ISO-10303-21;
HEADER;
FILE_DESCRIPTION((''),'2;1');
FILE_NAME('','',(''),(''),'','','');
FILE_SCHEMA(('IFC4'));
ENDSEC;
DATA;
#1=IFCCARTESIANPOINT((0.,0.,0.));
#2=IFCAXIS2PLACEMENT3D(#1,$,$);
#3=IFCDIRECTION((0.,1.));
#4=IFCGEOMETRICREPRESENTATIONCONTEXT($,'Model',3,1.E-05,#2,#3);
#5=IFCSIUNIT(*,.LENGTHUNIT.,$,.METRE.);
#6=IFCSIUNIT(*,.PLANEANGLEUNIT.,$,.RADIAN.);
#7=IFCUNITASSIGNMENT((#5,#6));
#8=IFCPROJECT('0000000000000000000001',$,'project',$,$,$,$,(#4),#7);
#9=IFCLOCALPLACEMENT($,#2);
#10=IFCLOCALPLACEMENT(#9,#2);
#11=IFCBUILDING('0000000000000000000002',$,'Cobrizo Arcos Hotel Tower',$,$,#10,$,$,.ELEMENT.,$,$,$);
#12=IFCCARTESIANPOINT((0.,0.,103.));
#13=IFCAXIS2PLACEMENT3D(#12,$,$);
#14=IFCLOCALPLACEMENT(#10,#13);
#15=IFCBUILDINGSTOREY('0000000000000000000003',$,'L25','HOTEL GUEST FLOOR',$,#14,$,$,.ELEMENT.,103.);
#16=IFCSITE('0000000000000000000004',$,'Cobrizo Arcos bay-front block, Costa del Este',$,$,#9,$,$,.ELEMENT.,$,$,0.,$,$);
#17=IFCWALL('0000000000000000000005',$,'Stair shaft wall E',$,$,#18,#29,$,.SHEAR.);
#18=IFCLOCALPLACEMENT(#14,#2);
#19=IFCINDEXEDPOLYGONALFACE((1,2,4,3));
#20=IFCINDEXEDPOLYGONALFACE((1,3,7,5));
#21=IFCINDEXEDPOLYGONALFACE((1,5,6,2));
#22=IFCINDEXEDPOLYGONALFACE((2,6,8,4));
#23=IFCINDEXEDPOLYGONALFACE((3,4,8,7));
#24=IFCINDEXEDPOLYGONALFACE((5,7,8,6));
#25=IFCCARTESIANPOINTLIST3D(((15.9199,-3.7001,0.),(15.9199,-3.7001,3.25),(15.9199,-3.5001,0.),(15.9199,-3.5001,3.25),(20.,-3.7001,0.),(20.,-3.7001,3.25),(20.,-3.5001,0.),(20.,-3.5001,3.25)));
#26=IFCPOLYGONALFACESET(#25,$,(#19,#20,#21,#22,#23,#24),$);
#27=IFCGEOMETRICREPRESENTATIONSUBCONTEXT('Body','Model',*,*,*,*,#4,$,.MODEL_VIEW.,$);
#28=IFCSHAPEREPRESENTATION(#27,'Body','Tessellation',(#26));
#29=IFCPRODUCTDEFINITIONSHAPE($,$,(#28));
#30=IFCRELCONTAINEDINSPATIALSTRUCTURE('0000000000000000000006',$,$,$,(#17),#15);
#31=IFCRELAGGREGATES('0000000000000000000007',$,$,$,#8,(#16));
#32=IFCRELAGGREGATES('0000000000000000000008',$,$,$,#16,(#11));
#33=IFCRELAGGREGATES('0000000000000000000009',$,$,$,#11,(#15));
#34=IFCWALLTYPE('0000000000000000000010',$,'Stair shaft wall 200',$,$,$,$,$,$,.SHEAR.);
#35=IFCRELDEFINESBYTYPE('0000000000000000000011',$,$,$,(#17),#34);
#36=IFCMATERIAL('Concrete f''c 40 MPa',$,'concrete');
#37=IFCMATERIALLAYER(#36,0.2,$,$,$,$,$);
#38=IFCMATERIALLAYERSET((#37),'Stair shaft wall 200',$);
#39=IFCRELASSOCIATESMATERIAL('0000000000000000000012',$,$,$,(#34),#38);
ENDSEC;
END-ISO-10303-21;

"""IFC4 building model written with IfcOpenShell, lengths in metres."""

from ifc_helpers import new_model, si_unit, direction, frame, frame_2d, origin, place, context, subcontext, project, spatial, rectangle, extrude, material, layer, layer_set, type_object, element, save


model = new_model("IFC4")

# Units and contexts
model_context = context("Model", 3, precision=1e-05, world=origin(), true_north=direction((0.0, 1.0)))
body_context = subcontext(model_context, "Body", "Model", "MODEL_VIEW")
ifc_project = project(units=[si_unit("LENGTHUNIT", "METRE"), si_unit("PLANEANGLEUNIT", "RADIAN")], contexts=[model_context])

# Site, building, storey
site_placement = place(None, origin())
site = spatial("IfcSite", under=ifc_project, at=site_placement, Name="Cobrizo Arcos bay-front block, Costa del Este", CompositionType="ELEMENT", RefElevation=0.0)
building_placement = place(site_placement, origin())
building = spatial("IfcBuilding", under=site, at=building_placement, Name="Cobrizo Arcos Hotel Tower", CompositionType="ELEMENT")
storey_placement = place(building_placement, frame((0.0, 0.0, 103.0)))
storey = spatial("IfcBuildingStorey", under=building, at=storey_placement, Name="L25", Description="HOTEL GUEST FLOOR", CompositionType="ELEMENT", Elevation=103.0)

# Wall
ifc_material_1 = material(Name="Concrete f'c 40 MPa", Category="concrete")
ifc_layer_1 = layer(ifc_material_1, 0.2)
ifc_layer_set_1 = layer_set([ifc_layer_1], Name="Stair shaft wall 200")
wall_type_1 = type_object("IfcWallType", Name="Stair shaft wall 200", PredefinedType="SHEAR", material=ifc_layer_set_1)
wall_1_placement = place(storey_placement, frame((15.9199, -3.6001, 0.0), z_axis=(0.0, 0.0, 1.0), x_axis=(1.0, 0.0, 0.0)))
element("IfcWall", 1, at=wall_1_placement, inside=storey, type_object=wall_type_1, Name="Stair shaft wall E", PredefinedType="SHEAR", context=body_context, shape_type="SweptSolid", body=[
    extrude(rectangle(XDim=4.0801, YDim=0.2, at=frame_2d((2.04, 0.0))), origin(), (0.0, 0.0, 1.0), 3.25),
])

save(model, "model.ifc")
